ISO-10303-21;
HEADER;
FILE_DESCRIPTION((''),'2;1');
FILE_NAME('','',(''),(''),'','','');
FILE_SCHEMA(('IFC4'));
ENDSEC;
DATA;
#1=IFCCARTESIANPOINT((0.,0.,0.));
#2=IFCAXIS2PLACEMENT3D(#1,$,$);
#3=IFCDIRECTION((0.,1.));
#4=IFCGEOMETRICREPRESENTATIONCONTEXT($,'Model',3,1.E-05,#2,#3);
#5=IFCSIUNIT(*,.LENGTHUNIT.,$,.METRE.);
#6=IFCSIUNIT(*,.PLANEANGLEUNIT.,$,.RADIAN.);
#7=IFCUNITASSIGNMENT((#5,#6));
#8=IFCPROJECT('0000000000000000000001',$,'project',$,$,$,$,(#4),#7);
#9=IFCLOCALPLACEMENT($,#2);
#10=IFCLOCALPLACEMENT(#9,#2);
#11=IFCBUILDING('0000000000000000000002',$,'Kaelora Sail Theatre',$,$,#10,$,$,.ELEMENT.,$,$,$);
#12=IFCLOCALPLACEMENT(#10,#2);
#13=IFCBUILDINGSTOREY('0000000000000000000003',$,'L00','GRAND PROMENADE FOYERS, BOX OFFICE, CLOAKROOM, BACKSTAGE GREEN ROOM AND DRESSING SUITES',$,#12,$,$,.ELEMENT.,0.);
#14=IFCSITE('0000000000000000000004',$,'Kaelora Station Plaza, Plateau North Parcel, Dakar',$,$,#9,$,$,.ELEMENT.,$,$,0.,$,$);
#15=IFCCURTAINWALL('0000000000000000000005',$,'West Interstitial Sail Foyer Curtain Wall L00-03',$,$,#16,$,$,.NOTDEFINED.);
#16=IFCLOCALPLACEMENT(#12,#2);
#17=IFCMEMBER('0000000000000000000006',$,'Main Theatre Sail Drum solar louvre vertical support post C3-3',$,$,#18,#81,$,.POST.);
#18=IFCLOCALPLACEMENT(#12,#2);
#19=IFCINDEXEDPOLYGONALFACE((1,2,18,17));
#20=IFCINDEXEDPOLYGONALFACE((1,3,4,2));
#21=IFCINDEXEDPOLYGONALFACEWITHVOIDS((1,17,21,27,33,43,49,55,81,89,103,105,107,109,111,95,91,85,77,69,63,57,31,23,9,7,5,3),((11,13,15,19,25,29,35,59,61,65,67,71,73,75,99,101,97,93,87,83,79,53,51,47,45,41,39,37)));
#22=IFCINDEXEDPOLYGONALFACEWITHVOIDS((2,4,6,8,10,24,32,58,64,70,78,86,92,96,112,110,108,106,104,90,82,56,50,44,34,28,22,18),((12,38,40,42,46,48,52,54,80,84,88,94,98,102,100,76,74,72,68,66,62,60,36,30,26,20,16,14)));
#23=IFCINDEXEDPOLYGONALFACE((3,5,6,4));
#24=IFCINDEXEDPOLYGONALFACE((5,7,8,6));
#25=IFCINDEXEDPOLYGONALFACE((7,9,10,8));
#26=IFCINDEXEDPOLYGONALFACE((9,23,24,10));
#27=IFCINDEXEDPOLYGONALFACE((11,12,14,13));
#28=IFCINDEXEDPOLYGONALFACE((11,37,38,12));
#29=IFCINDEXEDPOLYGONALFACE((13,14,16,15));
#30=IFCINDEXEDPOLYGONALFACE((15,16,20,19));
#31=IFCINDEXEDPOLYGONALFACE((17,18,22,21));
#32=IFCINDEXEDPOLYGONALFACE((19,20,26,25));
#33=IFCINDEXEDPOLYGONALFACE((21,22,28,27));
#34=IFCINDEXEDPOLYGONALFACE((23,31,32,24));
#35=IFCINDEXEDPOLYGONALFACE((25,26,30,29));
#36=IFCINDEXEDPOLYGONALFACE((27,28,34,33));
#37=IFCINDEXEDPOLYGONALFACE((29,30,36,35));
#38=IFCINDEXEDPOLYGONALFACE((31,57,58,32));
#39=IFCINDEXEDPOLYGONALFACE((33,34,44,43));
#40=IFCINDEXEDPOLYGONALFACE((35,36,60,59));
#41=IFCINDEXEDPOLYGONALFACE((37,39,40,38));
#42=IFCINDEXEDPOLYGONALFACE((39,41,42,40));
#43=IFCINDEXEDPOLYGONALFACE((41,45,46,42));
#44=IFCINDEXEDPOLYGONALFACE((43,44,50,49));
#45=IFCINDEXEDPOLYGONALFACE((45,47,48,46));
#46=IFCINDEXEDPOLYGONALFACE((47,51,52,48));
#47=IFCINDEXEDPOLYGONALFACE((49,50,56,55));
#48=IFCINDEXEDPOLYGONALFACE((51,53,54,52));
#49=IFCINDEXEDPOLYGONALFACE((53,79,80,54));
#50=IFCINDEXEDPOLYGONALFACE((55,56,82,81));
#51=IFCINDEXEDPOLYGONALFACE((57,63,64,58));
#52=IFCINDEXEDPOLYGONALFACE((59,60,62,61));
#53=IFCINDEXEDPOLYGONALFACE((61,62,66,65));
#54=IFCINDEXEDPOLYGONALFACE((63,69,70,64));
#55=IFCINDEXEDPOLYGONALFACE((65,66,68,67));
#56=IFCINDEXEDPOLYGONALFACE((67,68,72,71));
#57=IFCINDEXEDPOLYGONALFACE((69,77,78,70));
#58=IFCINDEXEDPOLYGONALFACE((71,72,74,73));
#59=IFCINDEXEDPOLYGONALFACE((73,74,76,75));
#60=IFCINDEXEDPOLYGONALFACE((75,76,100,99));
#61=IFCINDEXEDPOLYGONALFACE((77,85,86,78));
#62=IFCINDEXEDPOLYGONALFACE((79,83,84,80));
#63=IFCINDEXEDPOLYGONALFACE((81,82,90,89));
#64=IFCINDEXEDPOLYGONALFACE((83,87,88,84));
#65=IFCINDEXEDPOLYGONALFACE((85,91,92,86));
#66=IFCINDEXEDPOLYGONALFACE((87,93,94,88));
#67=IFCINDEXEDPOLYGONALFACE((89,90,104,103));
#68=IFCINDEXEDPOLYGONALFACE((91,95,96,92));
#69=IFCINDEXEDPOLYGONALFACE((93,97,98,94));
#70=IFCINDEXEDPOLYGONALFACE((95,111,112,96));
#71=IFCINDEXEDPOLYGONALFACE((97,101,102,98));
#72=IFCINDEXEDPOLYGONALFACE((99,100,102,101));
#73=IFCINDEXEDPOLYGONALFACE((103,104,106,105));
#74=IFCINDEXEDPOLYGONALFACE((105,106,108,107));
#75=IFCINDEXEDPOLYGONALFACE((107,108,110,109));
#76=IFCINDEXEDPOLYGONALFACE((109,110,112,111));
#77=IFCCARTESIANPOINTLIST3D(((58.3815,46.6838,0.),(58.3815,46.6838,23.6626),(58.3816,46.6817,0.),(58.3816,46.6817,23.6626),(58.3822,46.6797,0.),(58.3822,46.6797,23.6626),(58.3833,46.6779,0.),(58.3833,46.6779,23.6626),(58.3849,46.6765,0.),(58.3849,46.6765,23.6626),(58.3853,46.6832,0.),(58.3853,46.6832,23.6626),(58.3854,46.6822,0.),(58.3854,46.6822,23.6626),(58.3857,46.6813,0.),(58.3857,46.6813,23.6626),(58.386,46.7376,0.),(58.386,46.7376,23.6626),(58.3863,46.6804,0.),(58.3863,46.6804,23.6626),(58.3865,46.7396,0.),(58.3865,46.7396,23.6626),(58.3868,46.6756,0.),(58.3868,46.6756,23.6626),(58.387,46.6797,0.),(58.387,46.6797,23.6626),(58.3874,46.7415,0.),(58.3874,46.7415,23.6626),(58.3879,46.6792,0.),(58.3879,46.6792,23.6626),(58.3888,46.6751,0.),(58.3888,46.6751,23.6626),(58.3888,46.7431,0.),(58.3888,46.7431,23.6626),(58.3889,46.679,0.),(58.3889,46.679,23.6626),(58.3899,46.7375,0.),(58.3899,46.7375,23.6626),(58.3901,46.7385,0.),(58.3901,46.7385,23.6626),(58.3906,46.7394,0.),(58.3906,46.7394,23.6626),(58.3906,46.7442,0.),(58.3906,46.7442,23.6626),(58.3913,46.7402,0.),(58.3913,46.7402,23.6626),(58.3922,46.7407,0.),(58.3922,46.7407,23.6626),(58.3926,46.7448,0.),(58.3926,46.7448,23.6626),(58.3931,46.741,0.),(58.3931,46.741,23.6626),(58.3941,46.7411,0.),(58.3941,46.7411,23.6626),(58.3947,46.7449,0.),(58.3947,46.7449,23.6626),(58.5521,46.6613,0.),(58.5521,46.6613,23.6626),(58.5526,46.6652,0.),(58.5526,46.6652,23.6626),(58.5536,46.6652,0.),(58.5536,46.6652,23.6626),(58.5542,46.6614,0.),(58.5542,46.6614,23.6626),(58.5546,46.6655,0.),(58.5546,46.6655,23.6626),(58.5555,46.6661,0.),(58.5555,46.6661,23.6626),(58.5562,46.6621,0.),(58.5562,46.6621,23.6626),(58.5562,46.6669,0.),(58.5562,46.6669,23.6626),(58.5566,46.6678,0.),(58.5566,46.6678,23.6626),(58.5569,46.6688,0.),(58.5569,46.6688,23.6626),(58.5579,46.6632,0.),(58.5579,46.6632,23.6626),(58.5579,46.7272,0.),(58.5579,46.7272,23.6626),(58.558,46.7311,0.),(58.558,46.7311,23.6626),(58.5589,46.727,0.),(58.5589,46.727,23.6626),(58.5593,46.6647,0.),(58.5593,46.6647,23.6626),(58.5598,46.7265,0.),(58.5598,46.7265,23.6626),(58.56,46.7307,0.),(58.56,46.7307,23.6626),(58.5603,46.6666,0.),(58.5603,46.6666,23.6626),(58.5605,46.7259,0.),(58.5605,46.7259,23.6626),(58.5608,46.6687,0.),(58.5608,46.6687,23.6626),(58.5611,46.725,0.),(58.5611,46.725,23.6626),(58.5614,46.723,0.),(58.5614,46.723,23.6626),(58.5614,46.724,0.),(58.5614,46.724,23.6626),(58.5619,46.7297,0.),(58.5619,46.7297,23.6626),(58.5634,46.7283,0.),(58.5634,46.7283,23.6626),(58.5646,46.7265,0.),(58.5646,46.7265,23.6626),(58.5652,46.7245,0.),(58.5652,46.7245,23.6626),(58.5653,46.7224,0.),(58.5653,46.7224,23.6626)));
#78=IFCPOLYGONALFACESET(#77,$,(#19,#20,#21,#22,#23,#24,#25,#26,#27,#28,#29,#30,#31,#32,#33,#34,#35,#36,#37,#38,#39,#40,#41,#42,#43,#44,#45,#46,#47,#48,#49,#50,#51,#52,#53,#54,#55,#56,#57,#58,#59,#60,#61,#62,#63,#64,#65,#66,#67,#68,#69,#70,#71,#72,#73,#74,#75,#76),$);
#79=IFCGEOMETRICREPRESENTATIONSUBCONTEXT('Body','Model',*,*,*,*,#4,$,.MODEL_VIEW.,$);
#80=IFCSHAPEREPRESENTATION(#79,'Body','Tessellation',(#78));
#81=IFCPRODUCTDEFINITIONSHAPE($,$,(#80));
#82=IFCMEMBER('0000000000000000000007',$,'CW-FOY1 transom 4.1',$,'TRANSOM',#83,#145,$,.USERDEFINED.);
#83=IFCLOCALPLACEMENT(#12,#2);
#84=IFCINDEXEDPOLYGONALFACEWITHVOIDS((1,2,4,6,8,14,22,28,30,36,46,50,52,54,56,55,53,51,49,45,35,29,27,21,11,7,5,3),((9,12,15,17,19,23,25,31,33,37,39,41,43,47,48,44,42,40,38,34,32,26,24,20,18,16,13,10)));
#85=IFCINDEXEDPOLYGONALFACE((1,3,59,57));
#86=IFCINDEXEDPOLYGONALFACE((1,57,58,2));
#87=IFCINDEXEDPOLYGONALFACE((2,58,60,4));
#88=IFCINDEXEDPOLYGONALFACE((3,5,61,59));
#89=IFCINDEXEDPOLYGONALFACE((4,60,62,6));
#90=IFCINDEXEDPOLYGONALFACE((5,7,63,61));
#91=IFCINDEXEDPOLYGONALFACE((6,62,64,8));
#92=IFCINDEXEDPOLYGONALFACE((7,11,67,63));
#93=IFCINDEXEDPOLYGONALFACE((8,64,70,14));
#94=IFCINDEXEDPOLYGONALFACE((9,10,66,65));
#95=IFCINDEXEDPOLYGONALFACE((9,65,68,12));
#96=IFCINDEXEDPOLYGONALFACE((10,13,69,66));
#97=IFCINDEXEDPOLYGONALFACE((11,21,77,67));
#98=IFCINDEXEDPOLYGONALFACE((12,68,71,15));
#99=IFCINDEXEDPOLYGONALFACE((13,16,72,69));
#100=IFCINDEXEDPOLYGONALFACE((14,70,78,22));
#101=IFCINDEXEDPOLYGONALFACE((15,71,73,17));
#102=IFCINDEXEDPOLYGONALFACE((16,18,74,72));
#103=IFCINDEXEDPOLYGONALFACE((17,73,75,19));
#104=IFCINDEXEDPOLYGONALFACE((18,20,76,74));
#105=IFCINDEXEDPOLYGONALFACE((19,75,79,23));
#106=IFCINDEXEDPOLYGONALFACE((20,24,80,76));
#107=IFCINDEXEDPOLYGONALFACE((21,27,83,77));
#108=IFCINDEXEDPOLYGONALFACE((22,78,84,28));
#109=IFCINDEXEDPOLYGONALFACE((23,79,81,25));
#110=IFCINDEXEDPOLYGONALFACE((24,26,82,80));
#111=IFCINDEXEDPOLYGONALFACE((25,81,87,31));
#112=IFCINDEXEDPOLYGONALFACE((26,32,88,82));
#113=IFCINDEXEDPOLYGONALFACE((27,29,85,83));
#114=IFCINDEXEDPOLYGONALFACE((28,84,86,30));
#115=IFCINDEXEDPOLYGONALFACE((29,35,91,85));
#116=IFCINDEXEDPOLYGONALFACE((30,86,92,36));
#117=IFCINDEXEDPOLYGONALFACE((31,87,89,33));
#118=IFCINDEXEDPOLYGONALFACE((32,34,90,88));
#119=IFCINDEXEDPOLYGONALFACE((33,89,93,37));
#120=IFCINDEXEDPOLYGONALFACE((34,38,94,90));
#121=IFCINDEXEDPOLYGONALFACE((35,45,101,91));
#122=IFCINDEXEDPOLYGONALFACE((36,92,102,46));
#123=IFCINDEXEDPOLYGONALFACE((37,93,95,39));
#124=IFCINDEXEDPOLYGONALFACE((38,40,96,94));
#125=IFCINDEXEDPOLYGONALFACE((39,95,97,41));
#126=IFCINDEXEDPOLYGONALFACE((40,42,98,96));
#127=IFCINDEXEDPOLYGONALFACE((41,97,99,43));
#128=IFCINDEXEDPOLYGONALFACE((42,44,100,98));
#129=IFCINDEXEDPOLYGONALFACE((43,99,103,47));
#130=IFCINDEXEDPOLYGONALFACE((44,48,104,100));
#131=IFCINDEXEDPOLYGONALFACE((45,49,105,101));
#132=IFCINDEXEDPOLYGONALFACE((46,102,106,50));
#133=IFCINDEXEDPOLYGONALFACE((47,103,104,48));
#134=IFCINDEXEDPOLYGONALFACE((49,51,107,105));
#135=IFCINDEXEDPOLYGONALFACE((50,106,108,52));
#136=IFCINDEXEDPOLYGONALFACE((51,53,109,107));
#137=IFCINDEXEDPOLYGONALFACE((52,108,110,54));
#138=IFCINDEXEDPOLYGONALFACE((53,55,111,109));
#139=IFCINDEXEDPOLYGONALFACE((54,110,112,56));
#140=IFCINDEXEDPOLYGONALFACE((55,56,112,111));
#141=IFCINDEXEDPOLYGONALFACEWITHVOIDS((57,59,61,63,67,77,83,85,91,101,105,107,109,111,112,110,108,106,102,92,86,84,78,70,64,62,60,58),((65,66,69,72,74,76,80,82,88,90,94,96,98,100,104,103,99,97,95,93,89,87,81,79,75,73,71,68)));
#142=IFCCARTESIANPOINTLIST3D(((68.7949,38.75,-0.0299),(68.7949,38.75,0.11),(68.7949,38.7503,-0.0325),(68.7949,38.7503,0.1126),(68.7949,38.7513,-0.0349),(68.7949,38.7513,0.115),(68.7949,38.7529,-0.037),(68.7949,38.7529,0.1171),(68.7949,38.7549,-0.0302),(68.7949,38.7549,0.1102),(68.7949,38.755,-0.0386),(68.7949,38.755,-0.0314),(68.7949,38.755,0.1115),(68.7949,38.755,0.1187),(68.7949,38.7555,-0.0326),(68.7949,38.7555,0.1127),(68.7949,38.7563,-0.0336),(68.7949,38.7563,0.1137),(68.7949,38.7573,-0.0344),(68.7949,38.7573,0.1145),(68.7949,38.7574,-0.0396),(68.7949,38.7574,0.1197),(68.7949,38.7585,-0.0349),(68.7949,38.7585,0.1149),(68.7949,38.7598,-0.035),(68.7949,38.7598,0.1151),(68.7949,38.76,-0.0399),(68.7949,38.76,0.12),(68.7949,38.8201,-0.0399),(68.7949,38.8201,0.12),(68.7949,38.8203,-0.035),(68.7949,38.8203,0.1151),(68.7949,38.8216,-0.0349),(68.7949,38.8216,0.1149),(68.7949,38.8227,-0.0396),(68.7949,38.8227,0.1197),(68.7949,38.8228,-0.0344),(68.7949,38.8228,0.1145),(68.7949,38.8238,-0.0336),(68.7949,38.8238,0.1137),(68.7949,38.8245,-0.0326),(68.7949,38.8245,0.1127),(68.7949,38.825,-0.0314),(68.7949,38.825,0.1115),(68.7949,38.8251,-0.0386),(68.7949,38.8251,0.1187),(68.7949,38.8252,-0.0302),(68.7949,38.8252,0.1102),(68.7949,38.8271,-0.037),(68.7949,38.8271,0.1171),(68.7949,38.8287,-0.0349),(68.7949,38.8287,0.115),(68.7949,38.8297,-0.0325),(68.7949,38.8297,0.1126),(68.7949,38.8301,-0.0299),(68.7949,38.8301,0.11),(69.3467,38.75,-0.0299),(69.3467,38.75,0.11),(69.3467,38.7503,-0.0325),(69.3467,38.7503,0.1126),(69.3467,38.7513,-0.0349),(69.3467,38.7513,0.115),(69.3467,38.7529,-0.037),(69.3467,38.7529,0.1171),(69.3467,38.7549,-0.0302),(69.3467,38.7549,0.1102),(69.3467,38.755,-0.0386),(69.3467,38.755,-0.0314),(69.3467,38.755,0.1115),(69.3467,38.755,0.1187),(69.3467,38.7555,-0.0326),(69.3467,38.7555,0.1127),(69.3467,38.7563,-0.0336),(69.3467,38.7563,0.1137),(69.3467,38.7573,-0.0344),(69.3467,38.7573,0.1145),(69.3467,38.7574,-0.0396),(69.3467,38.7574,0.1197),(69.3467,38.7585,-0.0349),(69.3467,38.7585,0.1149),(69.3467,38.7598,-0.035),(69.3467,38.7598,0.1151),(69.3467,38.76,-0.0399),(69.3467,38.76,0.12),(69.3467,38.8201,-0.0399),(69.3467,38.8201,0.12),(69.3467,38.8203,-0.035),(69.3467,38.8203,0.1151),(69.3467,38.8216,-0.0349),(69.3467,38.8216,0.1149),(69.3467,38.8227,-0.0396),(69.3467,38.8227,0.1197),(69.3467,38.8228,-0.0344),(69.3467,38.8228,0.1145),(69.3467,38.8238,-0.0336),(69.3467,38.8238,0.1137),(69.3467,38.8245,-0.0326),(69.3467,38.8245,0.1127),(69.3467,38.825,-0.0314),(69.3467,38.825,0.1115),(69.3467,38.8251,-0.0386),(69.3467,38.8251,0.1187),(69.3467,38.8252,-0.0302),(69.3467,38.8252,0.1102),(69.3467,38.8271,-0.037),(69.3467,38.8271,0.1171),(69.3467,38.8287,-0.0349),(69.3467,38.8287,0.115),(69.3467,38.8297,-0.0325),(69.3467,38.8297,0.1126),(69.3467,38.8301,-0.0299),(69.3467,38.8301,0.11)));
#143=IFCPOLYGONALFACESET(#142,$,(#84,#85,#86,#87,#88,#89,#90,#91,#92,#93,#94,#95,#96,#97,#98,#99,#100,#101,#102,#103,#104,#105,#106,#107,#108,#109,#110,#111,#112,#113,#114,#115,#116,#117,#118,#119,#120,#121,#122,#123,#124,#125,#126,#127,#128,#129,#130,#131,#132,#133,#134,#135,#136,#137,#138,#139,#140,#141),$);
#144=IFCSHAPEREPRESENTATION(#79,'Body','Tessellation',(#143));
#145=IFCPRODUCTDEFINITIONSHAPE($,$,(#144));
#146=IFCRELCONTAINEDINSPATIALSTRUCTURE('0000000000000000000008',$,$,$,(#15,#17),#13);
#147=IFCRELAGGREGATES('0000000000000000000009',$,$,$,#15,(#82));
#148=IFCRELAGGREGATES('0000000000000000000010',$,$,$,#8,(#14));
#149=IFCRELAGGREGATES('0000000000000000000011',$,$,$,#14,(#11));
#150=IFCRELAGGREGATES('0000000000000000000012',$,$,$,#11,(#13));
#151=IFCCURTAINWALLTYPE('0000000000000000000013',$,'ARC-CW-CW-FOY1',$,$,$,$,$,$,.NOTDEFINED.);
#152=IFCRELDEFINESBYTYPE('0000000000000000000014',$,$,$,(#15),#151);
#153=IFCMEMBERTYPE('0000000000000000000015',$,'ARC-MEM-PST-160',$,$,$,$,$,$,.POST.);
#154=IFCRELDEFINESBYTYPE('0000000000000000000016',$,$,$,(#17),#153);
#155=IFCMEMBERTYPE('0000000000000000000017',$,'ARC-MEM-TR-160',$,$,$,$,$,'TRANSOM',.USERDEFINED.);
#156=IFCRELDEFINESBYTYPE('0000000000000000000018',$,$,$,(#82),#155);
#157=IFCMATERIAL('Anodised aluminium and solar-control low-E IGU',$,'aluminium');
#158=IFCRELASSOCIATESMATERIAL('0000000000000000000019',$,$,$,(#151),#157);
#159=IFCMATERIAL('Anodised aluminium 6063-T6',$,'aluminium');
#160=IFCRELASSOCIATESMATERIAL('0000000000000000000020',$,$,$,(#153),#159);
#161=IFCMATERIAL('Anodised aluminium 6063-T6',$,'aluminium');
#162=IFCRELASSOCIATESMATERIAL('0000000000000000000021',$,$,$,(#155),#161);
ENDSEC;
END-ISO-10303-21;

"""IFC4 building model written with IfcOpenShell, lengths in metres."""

from ifc_helpers import new_model, si_unit, direction, frame, origin, origin_2d, place, context, subcontext, project, spatial, hollow_rectangle, extrude, material, material_profile, profile_set, type_object, element, aggregate, save


model = new_model("IFC4")

# Units and contexts
model_context = context("Model", 3, precision=1e-05, world=origin(), true_north=direction((0.0, 1.0)))
body_context = subcontext(model_context, "Body", "Model", "MODEL_VIEW")
ifc_project = project(units=[si_unit("LENGTHUNIT", "METRE"), si_unit("PLANEANGLEUNIT", "RADIAN")], contexts=[model_context])

# Site, building, storey
site_placement = place(None, origin())
site = spatial("IfcSite", under=ifc_project, at=site_placement, Name="Kaelora Station Plaza, Plateau North Parcel, Dakar", CompositionType="ELEMENT", RefElevation=0.0)
building_placement = place(site_placement, origin())
building = spatial("IfcBuilding", under=site, at=building_placement, Name="Kaelora Sail Theatre", CompositionType="ELEMENT")
storey_placement = place(building_placement, origin())
storey = spatial("IfcBuildingStorey", under=building, at=storey_placement, Name="L00", Description="GRAND PROMENADE FOYERS, BOX OFFICE, CLOAKROOM, BACKSTAGE GREEN ROOM AND DRESSING SUITES", CompositionType="ELEMENT", Elevation=0.0)

# Curtain wall
ifc_material_1 = material(Name="Anodised aluminium and solar-control low-E IGU", Category="aluminium")
curtain_wall_type = type_object("IfcCurtainWallType", Name="ARC-CW-CW-FOY1", PredefinedType="NOTDEFINED", material=ifc_material_1)
curtain_wall_placement = place(storey_placement, origin())
curtain_wall = element("IfcCurtainWall", 1, at=curtain_wall_placement, inside=storey, type_object=curtain_wall_type, Name="West Interstitial Sail Foyer Curtain Wall L00-03", PredefinedType="NOTDEFINED")

# Members
ifc_material_2 = material(Name="Anodised aluminium 6063-T6", Category="aluminium")
ifc_material_profile_1 = material_profile(ifc_material_2, hollow_rectangle(XDim=0.0701, YDim=0.1799, WallThickness=0.0039, InnerFilletRadius=0.0039, OuterFilletRadius=0.0081, at=origin_2d()), Name="ALU-MULL 70x180x4")
ifc_profile_set_1 = profile_set([ifc_material_profile_1], Name="Anodised aluminium 6063-T6")
member_type_1 = type_object("IfcMemberType", Name="ARC-MEM-PST-160", PredefinedType="POST", material=ifc_profile_set_1)
member_1_placement = place(storey_placement, frame((58.4734, 46.7031, 0.0), z_axis=(0.0, 0.0, 1.0), x_axis=(-0.0842, -0.996449, 0.0)))
element("IfcMember", 2, at=member_1_placement, inside=storey, type_object=member_type_1, Name="Main Theatre Sail Drum solar louvre vertical support post C3-3", PredefinedType="POST", context=body_context, shape_type="SweptSolid", body=[
    extrude(hollow_rectangle(XDim=0.0701, YDim=0.1799, WallThickness=0.0039, InnerFilletRadius=0.0039, OuterFilletRadius=0.0081, at=origin_2d()), origin(), (0.0, 0.0, 1.0), 23.6626),
])
ifc_material_3 = material(Name="Anodised aluminium 6063-T6", Category="aluminium")
ifc_material_profile_2 = material_profile(ifc_material_3, hollow_rectangle(XDim=0.0801, YDim=0.1599, WallThickness=0.0049, InnerFilletRadius=0.0049, OuterFilletRadius=0.01, at=origin_2d()), Name="ALU-TRAN 80x160x5")
ifc_profile_set_2 = profile_set([ifc_material_profile_2], Name="Anodised aluminium 6063-T6")
member_type_2 = type_object("IfcMemberType", Name="ARC-MEM-TR-160", ElementType="TRANSOM", PredefinedType="USERDEFINED", material=ifc_profile_set_2)
member_2_placement = place(storey_placement, frame((68.7949, 38.79, 0.04), z_axis=(1.0, 0.0, 0.0), x_axis=(0.0, 1.0, 0.0)))
member_2 = element("IfcMember", 3, at=member_2_placement, type_object=member_type_2, Name="CW-FOY1 transom 4.1", ObjectType="TRANSOM", PredefinedType="USERDEFINED", context=body_context, shape_type="SweptSolid", body=[
    extrude(hollow_rectangle(XDim=0.0801, YDim=0.1599, WallThickness=0.0049, InnerFilletRadius=0.0049, OuterFilletRadius=0.01, at=origin_2d()), origin(), (0.0, 0.0, 1.0), 0.5518),
])

aggregate(curtain_wall, [member_2])

save(model, "model.ifc")
